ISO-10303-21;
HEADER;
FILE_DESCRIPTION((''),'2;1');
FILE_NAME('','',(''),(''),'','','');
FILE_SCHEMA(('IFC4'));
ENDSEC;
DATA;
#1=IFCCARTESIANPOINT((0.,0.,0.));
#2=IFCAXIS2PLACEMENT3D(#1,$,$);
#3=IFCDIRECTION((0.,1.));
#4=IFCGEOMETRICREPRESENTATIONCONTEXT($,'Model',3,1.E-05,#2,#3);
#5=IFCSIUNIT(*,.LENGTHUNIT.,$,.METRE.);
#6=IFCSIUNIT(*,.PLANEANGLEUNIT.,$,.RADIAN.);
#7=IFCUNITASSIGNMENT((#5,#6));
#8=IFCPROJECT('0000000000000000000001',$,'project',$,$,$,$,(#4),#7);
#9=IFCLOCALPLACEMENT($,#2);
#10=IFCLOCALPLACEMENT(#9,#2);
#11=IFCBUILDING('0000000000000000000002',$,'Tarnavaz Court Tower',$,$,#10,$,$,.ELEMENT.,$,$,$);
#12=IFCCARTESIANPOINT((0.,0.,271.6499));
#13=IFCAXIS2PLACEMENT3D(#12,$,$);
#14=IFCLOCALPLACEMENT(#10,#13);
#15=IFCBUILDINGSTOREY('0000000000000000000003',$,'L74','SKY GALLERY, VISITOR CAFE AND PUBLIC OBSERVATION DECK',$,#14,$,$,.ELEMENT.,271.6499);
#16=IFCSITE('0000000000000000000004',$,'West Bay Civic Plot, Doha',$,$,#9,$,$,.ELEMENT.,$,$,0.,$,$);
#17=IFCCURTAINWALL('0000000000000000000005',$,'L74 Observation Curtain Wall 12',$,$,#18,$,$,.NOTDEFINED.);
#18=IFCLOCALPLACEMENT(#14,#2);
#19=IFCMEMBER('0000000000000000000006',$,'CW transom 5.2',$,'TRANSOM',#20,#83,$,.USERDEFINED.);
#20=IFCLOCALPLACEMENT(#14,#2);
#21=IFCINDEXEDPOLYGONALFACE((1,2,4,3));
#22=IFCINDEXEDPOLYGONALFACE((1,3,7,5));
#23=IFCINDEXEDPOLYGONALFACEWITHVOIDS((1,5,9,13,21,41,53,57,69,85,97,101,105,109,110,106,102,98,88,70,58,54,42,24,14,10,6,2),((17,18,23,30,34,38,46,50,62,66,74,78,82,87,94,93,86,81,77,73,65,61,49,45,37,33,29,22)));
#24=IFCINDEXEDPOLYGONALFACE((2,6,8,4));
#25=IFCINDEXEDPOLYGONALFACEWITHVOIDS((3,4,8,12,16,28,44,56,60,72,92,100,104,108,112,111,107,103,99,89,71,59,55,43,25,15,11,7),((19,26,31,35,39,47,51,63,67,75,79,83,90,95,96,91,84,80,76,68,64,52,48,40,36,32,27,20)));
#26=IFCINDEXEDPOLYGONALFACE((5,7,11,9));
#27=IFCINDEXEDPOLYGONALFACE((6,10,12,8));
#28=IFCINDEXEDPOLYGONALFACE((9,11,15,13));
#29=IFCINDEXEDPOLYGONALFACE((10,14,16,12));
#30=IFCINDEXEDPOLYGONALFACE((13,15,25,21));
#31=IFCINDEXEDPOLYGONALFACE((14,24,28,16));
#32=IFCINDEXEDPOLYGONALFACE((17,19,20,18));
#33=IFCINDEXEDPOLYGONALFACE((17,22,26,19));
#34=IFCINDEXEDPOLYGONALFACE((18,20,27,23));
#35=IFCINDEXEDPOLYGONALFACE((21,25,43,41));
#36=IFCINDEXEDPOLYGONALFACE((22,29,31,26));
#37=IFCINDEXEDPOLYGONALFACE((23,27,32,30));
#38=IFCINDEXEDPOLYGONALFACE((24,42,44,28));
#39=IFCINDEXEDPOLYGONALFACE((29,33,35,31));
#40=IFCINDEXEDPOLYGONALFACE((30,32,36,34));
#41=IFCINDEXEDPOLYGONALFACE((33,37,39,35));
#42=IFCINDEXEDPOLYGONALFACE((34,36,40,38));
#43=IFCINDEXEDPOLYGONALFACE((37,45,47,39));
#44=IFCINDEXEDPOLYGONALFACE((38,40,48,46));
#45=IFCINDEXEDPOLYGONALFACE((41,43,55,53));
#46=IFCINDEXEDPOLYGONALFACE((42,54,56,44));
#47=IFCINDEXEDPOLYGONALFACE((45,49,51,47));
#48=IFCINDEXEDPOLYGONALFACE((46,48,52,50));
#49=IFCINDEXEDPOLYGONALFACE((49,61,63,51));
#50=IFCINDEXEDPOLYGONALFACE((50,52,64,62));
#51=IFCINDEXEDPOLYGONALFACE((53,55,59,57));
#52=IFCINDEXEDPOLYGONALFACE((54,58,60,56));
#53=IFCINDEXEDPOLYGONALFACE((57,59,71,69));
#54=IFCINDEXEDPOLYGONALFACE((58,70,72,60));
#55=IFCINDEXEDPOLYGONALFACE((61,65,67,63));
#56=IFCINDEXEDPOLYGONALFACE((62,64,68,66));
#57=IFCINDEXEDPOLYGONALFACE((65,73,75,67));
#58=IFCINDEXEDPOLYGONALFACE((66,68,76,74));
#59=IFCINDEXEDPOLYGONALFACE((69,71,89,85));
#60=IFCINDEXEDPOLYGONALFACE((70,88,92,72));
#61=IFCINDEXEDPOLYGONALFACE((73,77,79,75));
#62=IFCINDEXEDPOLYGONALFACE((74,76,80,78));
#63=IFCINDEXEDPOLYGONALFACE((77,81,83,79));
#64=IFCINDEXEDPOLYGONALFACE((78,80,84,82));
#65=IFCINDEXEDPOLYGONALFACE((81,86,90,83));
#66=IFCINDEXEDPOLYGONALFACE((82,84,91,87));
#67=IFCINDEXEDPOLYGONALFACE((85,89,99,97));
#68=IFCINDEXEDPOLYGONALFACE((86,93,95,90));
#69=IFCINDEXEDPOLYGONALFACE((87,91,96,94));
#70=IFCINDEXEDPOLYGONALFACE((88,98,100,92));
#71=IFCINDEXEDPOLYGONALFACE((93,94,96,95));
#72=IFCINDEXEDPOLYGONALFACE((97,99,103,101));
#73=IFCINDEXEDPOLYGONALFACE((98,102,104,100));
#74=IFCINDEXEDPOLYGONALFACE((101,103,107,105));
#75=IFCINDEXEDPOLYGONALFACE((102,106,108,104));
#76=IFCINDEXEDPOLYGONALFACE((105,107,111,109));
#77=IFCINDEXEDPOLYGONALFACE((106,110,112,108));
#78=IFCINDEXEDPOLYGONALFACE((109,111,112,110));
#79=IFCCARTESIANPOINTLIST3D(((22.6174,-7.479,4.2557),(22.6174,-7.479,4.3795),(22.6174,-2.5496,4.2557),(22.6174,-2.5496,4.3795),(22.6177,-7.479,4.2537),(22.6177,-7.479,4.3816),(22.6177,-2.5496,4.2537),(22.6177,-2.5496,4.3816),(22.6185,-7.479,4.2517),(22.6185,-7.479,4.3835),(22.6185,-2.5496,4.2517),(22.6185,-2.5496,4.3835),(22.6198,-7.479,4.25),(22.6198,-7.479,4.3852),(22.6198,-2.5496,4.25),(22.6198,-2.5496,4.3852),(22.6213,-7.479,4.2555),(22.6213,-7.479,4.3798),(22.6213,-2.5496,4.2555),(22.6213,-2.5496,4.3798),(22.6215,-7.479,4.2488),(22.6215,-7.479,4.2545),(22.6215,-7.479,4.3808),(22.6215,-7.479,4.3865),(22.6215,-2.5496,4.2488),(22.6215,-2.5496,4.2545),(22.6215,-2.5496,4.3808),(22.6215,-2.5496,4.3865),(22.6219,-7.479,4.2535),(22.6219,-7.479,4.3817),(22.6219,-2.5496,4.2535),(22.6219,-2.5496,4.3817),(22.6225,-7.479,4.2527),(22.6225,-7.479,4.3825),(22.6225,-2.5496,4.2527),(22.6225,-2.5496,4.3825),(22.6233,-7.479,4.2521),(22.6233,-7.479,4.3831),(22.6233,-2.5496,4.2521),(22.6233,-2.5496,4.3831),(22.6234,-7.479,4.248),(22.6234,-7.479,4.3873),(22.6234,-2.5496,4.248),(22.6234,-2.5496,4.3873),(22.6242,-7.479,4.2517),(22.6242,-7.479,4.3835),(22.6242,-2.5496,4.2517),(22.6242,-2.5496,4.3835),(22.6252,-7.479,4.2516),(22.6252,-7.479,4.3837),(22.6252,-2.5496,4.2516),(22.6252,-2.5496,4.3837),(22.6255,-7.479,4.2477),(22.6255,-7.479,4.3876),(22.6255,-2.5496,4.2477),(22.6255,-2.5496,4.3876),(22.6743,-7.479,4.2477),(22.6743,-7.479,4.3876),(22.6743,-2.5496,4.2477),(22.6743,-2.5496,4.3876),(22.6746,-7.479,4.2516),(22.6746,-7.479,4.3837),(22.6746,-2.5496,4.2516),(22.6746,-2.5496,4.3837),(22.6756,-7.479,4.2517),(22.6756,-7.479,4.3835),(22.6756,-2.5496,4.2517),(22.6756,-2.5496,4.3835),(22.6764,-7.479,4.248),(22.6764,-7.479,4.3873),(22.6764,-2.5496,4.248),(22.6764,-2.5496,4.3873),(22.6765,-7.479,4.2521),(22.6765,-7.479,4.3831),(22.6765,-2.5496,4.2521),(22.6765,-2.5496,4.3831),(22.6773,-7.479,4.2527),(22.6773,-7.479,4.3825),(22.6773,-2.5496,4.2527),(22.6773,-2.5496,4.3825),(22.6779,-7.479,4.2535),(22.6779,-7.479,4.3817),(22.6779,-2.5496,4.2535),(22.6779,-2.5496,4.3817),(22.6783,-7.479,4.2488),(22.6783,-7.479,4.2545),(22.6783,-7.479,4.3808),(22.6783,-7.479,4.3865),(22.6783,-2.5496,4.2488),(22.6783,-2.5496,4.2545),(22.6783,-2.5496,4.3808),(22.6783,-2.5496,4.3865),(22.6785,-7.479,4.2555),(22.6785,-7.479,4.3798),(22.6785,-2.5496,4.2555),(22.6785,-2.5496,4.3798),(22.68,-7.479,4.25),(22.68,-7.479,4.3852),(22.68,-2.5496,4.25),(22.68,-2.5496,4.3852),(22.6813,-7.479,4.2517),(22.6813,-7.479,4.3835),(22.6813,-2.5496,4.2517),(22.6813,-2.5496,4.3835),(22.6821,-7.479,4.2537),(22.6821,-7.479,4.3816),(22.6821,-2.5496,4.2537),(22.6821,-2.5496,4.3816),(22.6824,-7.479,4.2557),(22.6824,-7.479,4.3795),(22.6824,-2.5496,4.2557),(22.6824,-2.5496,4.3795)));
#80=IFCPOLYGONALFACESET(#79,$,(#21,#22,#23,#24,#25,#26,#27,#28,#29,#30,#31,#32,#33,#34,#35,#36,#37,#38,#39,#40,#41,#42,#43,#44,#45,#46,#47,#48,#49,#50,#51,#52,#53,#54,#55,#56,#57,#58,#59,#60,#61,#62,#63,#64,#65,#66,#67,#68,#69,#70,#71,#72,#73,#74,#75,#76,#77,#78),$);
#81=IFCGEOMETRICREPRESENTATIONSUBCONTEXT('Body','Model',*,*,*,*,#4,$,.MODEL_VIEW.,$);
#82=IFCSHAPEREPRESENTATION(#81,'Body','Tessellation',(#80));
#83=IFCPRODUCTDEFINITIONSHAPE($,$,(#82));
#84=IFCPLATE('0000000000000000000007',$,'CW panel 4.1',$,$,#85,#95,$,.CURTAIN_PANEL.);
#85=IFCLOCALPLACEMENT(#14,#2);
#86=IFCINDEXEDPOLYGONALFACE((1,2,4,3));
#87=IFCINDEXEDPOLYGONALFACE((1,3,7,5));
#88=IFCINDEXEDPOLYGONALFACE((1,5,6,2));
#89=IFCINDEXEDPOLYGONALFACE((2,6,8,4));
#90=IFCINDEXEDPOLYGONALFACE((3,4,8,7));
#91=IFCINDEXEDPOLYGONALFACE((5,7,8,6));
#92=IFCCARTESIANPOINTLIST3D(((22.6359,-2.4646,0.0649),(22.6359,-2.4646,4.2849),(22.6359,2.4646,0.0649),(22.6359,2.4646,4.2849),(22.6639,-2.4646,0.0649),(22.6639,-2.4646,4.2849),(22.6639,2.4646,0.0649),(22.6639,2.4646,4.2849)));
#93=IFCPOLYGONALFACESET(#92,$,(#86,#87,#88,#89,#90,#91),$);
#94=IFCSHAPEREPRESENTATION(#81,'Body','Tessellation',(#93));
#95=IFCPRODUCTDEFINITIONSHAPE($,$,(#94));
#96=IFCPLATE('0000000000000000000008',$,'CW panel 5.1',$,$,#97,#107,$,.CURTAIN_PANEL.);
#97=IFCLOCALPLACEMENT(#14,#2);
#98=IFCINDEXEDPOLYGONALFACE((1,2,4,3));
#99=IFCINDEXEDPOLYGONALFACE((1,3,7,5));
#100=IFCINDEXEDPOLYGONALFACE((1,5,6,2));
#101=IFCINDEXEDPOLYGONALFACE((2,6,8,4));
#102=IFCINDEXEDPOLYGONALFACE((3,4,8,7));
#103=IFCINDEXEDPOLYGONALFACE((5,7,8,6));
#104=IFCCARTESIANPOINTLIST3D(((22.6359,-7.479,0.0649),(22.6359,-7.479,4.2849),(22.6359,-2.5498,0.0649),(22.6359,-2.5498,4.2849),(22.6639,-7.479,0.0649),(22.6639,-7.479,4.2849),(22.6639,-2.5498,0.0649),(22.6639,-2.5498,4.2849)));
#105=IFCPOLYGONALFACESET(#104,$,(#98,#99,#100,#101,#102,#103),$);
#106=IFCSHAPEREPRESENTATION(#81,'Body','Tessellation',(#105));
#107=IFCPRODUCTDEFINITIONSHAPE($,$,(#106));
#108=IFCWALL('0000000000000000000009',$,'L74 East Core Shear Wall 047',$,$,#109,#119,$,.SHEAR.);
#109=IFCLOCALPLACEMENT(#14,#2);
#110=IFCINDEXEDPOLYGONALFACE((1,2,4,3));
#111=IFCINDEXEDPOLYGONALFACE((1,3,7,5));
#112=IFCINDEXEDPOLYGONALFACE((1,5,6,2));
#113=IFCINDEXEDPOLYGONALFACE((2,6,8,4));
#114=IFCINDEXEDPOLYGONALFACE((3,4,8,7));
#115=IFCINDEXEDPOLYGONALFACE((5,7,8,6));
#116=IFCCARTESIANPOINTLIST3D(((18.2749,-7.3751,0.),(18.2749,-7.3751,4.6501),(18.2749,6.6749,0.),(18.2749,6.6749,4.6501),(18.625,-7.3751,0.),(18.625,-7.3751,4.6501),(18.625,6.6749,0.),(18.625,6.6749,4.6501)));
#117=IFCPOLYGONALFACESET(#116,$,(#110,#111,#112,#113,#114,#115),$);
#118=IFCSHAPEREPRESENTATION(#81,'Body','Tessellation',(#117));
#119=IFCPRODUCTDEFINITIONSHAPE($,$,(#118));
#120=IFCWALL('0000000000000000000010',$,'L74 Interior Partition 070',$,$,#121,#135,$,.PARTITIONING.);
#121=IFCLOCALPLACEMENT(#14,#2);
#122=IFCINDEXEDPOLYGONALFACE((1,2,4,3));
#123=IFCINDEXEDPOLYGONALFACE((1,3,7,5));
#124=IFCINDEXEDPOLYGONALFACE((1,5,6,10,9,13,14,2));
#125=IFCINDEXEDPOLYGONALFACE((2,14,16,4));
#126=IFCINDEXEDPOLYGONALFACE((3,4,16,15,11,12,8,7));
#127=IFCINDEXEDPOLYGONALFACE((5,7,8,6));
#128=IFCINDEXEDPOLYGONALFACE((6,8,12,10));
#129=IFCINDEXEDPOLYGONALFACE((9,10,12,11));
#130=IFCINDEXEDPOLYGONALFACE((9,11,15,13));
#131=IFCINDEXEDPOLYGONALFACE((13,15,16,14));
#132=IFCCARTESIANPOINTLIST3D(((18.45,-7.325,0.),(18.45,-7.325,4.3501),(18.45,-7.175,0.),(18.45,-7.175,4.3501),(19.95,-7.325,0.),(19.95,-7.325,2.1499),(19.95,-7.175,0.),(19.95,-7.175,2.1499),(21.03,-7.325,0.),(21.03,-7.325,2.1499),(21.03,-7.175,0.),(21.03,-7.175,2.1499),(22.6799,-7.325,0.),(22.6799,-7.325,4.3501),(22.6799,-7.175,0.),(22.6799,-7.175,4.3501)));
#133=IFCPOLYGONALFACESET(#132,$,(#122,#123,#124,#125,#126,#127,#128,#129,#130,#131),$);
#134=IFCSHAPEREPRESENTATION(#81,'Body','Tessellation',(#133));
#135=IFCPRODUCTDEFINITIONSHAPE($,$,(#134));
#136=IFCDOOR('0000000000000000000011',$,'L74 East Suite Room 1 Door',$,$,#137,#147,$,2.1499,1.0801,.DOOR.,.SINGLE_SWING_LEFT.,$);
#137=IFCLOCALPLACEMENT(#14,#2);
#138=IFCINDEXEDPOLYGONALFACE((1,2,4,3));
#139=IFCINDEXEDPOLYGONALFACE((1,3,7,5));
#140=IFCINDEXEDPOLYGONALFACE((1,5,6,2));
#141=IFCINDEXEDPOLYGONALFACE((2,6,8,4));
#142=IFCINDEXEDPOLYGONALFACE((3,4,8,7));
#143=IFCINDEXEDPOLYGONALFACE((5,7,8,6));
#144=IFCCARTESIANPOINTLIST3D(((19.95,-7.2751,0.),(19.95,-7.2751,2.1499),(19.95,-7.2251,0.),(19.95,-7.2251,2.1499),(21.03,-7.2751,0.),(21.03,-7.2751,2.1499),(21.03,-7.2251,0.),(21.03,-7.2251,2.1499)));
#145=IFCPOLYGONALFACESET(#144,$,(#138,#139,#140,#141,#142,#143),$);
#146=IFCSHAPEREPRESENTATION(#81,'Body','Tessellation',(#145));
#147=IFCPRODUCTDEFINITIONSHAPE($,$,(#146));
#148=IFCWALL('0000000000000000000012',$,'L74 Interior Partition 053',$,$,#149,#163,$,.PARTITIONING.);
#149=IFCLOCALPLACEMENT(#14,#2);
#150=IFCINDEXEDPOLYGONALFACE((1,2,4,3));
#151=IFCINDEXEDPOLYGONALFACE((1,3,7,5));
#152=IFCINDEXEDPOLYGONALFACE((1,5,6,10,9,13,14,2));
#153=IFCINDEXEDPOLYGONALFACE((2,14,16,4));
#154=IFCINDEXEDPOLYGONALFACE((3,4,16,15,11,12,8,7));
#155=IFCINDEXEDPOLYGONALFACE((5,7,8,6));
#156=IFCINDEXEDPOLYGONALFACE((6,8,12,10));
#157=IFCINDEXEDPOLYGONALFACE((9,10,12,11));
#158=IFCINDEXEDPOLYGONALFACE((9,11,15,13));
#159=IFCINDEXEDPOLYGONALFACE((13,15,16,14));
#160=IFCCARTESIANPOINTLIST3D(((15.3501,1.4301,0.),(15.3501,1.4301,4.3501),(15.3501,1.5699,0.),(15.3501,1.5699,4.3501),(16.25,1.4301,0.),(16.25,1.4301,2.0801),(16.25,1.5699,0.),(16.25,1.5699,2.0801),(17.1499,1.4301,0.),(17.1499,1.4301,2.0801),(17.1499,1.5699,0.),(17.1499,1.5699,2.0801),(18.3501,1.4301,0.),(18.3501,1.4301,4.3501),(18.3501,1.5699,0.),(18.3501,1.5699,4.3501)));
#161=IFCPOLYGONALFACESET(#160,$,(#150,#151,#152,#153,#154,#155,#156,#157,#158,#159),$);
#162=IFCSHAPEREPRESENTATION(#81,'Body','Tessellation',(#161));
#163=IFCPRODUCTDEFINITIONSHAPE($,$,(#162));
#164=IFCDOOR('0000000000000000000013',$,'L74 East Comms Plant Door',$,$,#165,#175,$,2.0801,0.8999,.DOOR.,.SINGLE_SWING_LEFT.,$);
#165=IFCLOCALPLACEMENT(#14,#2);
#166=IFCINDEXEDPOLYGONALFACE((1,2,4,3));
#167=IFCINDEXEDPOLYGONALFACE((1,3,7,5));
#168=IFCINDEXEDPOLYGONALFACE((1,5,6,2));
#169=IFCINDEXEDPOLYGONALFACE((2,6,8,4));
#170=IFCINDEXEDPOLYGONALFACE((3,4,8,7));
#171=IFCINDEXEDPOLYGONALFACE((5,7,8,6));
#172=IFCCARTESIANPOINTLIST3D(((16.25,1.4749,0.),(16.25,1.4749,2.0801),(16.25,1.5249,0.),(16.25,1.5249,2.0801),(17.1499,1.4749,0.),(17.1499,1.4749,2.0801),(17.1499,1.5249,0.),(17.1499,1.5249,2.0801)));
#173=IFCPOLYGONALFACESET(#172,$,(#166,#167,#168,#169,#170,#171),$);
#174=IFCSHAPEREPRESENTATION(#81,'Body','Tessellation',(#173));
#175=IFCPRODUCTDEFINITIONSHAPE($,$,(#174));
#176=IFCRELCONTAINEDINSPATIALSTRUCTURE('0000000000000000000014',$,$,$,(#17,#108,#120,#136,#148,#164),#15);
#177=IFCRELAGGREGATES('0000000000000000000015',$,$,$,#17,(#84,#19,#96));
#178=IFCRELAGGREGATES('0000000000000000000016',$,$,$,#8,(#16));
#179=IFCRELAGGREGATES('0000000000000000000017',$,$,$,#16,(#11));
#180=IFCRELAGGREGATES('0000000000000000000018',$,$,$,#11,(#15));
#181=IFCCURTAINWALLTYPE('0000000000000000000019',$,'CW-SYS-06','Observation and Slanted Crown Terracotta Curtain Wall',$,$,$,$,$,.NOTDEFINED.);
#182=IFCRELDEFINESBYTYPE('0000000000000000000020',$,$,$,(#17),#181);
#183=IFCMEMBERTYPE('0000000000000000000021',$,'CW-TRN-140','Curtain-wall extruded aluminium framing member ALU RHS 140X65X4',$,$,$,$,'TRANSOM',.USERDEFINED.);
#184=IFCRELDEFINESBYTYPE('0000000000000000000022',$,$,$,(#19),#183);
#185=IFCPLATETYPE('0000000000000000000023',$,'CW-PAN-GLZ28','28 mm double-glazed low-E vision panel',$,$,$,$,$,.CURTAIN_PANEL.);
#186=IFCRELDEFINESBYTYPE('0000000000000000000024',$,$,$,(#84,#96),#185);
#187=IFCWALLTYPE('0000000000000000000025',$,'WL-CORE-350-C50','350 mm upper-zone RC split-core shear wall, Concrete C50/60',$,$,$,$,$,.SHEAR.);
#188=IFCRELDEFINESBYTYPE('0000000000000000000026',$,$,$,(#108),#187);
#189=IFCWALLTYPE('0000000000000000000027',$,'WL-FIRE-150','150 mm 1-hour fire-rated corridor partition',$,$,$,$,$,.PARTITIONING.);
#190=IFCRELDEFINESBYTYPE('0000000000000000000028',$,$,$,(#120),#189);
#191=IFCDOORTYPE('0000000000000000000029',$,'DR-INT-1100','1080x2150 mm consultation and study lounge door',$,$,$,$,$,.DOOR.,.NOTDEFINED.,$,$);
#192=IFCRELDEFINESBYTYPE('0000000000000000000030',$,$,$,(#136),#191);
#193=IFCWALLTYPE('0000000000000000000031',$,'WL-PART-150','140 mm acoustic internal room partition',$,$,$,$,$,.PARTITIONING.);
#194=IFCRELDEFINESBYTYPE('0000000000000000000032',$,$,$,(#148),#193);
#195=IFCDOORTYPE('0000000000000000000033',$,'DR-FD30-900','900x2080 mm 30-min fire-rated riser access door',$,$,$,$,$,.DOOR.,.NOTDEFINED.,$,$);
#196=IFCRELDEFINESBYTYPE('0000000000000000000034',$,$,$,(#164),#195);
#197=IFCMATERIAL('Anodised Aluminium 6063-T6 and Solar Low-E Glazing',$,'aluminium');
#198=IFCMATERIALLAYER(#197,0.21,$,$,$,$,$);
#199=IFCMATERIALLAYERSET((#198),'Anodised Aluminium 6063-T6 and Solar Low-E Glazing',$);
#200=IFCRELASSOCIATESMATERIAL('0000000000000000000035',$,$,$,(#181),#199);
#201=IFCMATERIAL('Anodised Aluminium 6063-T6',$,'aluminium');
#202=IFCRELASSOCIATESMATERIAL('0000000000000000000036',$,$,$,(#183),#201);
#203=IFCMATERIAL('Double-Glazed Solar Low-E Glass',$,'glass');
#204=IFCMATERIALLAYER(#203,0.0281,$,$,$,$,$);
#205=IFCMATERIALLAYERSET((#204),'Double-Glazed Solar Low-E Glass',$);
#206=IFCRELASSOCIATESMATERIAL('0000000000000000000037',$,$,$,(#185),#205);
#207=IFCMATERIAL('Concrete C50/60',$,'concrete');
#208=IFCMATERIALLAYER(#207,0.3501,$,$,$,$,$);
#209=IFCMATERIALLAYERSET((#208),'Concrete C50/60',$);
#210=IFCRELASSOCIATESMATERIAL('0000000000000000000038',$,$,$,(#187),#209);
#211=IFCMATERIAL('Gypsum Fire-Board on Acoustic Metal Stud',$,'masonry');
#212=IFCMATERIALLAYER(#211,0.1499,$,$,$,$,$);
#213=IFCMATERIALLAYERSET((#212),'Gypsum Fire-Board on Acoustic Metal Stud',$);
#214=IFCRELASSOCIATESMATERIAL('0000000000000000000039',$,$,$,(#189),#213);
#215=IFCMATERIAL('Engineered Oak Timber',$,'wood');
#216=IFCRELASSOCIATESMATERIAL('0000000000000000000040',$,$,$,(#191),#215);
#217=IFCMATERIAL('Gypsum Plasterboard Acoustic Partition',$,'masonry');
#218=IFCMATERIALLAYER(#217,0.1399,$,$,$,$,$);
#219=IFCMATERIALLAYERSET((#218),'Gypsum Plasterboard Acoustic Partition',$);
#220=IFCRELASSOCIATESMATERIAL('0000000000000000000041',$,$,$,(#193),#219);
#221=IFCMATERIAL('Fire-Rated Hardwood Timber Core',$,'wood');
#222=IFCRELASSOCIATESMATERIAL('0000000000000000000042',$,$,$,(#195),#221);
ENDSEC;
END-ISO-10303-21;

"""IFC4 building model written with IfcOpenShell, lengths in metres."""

from ifc_helpers import new_model, si_unit, direction, frame, frame_2d, origin, origin_2d, place, context, subcontext, project, spatial, rectangle, hollow_rectangle, extrude, material, layer, layer_set, material_profile, profile_set, type_object, element, fill, aggregate, save


model = new_model("IFC4")

# Units and contexts
model_context = context("Model", 3, precision=1e-05, world=origin(), true_north=direction((0.0, 1.0)))
body_context = subcontext(model_context, "Body", "Model", "MODEL_VIEW")
ifc_project = project(units=[si_unit("LENGTHUNIT", "METRE"), si_unit("PLANEANGLEUNIT", "RADIAN")], contexts=[model_context])

# Site, building, storey
site_placement = place(None, origin())
site = spatial("IfcSite", under=ifc_project, at=site_placement, Name="West Bay Civic Plot, Doha", CompositionType="ELEMENT", RefElevation=0.0)
building_placement = place(site_placement, origin())
building = spatial("IfcBuilding", under=site, at=building_placement, Name="Tarnavaz Court Tower", CompositionType="ELEMENT")
storey_placement = place(building_placement, frame((0.0, 0.0, 271.6499)))
storey = spatial("IfcBuildingStorey", under=building, at=storey_placement, Name="L74", Description="SKY GALLERY, VISITOR CAFE AND PUBLIC OBSERVATION DECK", CompositionType="ELEMENT", Elevation=271.6499)

# Shared definitions
ifc_material_1 = material(Name="Concrete C50/60", Category="concrete")

# Curtain wall, member, plates
ifc_material_2 = material(Name="Anodised Aluminium 6063-T6 and Solar Low-E Glazing", Category="aluminium")
ifc_layer_1 = layer(ifc_material_2, 0.21)
ifc_layer_set_1 = layer_set([ifc_layer_1], Name="Anodised Aluminium 6063-T6 and Solar Low-E Glazing")
curtain_wall_type = type_object("IfcCurtainWallType", Name="CW-SYS-06", Description="Observation and Slanted Crown Terracotta Curtain Wall", PredefinedType="NOTDEFINED", material=ifc_layer_set_1)
curtain_wall_placement = place(storey_placement, origin())
curtain_wall = element("IfcCurtainWall", 1, at=curtain_wall_placement, inside=storey, type_object=curtain_wall_type, Name="L74 Observation Curtain Wall 12", PredefinedType="NOTDEFINED")
ifc_material_3 = material(Name="Anodised Aluminium 6063-T6", Category="aluminium")
ifc_material_profile_1 = material_profile(ifc_material_3, hollow_rectangle(XDim=0.0649, YDim=0.1399, WallThickness=0.0039, InnerFilletRadius=0.0039, OuterFilletRadius=0.0081, at=origin_2d()), Name="ALU RHS 140X65X4")
ifc_profile_set_1 = profile_set([ifc_material_profile_1], Name="Anodised Aluminium 6063-T6")
member_type_1 = type_object("IfcMemberType", Name="CW-TRN-140", Description="Curtain-wall extruded aluminium framing member ALU RHS 140X65X4", ElementType="TRANSOM", PredefinedType="USERDEFINED", material=ifc_profile_set_1)
member_1_placement = place(storey_placement, frame((22.6499, -2.5496, 4.3176), z_axis=(0.0, -1.0, 0.0), x_axis=(1.0, 0.0, 0.0)))
member_1 = element("IfcMember", 2, at=member_1_placement, type_object=member_type_1, Name="CW transom 5.2", ObjectType="TRANSOM", PredefinedType="USERDEFINED", context=body_context, shape_type="SweptSolid", body=[
    extrude(hollow_rectangle(XDim=0.0649, YDim=0.1399, WallThickness=0.0039, InnerFilletRadius=0.0039, OuterFilletRadius=0.0081, at=origin_2d()), origin(), (0.0, 0.0, 1.0), 4.9294),
])
ifc_material_4 = material(Name="Double-Glazed Solar Low-E Glass", Category="glass")
ifc_layer_2 = layer(ifc_material_4, 0.0281)
ifc_layer_set_2 = layer_set([ifc_layer_2], Name="Double-Glazed Solar Low-E Glass")
plate_type = type_object("IfcPlateType", Name="CW-PAN-GLZ28", Description="28 mm double-glazed low-E vision panel", PredefinedType="CURTAIN_PANEL", material=ifc_layer_set_2)
plate_1_placement = place(storey_placement, frame((22.6499, 0.0, 0.0649), z_axis=(0.0, 0.0, 1.0), x_axis=(0.0, -1.0, 0.0)))
plate_1 = element("IfcPlate", 3, at=plate_1_placement, type_object=plate_type, Name="CW panel 4.1", PredefinedType="CURTAIN_PANEL", context=body_context, shape_type="SweptSolid", body=[
    extrude(rectangle(XDim=4.9292, YDim=0.0281, at=origin_2d()), origin(), (0.0, 0.0, 1.0), 4.22),
])
plate_2_placement = place(storey_placement, frame((22.6499, -5.0144, 0.0649), z_axis=(0.0, 0.0, 1.0), x_axis=(0.0, -1.0, 0.0)))
plate_2 = element("IfcPlate", 4, at=plate_2_placement, type_object=plate_type, Name="CW panel 5.1", PredefinedType="CURTAIN_PANEL", context=body_context, shape_type="SweptSolid", body=[
    extrude(rectangle(XDim=4.9292, YDim=0.0281, at=origin_2d()), origin(), (0.0, 0.0, 1.0), 4.22),
])
aggregate(curtain_wall, [plate_1, member_1, plate_2])

# Wall
ifc_layer_3 = layer(ifc_material_1, 0.3501)
ifc_layer_set_3 = layer_set([ifc_layer_3], Name="Concrete C50/60")
wall_type_1 = type_object("IfcWallType", Name="WL-CORE-350-C50", Description="350 mm upper-zone RC split-core shear wall, Concrete C50/60", PredefinedType="SHEAR", material=ifc_layer_set_3)
wall_1_placement = place(storey_placement, frame((18.45, -7.375, 0.0), z_axis=(0.0, 0.0, 1.0), x_axis=(0.0, 1.0, 0.0)))
element("IfcWall", 5, at=wall_1_placement, inside=storey, type_object=wall_type_1, Name="L74 East Core Shear Wall 047", PredefinedType="SHEAR", context=body_context, shape_type="SweptSolid", body=[
    extrude(rectangle(XDim=14.05, YDim=0.3501, at=frame_2d((7.0249, 0.0))), origin(), (0.0, 0.0, 1.0), 4.6501),
])

# Walls, openings, doors
ifc_material_5 = material(Name="Gypsum Fire-Board on Acoustic Metal Stud", Category="masonry")
ifc_layer_4 = layer(ifc_material_5, 0.1499)
ifc_layer_set_4 = layer_set([ifc_layer_4], Name="Gypsum Fire-Board on Acoustic Metal Stud")
wall_type_2 = type_object("IfcWallType", Name="WL-FIRE-150", Description="150 mm 1-hour fire-rated corridor partition", PredefinedType="PARTITIONING", material=ifc_layer_set_4)
wall_2_placement = place(storey_placement, frame((18.45, -7.25, 0.0), z_axis=(0.0, 0.0, 1.0), x_axis=(1.0, 0.0, 0.0)))
wall_2 = element("IfcWall", 6, at=wall_2_placement, inside=storey, type_object=wall_type_2, Name="L74 Interior Partition 070", PredefinedType="PARTITIONING", context=body_context, shape_type="SweptSolid", body=[
    extrude(rectangle(XDim=4.23, YDim=0.1499, at=frame_2d((2.115, 0.0))), origin(), (0.0, 0.0, 1.0), 4.3501),
])
opening_1_placement = place(wall_2_placement, frame((1.5, 0.0, 0.0)))
opening_1 = element("IfcOpeningElement", 7, at=opening_1_placement, cuts=wall_2, PredefinedType="OPENING", context=body_context, shape_type="SweptSolid", body=[
    extrude(rectangle(XDim=1.0801, YDim=2.1499, at=frame_2d((0.54, 1.075))), frame((0.0, 0.085, 0.0), z_axis=(0.0, -1.0, 0.0), x_axis=(1.0, 0.0, 0.0)), (0.0, 0.0, 1.0), 0.1699),
])
ifc_material_6 = material(Name="Engineered Oak Timber", Category="wood")
door_type_1 = type_object("IfcDoorType", Name="DR-INT-1100", Description="1080x2150 mm consultation and study lounge door", OperationType="NOTDEFINED", PredefinedType="DOOR", material=ifc_material_6)
door_1_placement = place(opening_1_placement, origin())
door_1 = element("IfcDoor", 8, at=door_1_placement, inside=storey, type_object=door_type_1, Name="L74 East Suite Room 1 Door", OperationType="SINGLE_SWING_LEFT", OverallHeight=2.1499, OverallWidth=1.0801, PredefinedType="DOOR", context=body_context, shape_type="SweptSolid", body=[
    extrude(rectangle(XDim=1.0801, YDim=2.1499, at=frame_2d((0.54, 1.075))), frame((0.0, 0.0249, 0.0), z_axis=(0.0, -1.0, 0.0), x_axis=(1.0, 0.0, 0.0)), (0.0, 0.0, 1.0), 0.05),
])
fill(opening_1, door_1)
ifc_material_7 = material(Name="Gypsum Plasterboard Acoustic Partition", Category="masonry")
ifc_layer_5 = layer(ifc_material_7, 0.1399)
ifc_layer_set_5 = layer_set([ifc_layer_5], Name="Gypsum Plasterboard Acoustic Partition")
wall_type_3 = type_object("IfcWallType", Name="WL-PART-150", Description="140 mm acoustic internal room partition", PredefinedType="PARTITIONING", material=ifc_layer_set_5)
wall_3_placement = place(storey_placement, frame((15.3501, 1.5, 0.0), z_axis=(0.0, 0.0, 1.0), x_axis=(1.0, 0.0, 0.0)))
wall_3 = element("IfcWall", 9, at=wall_3_placement, inside=storey, type_object=wall_type_3, Name="L74 Interior Partition 053", PredefinedType="PARTITIONING", context=body_context, shape_type="SweptSolid", body=[
    extrude(rectangle(XDim=3.0, YDim=0.1399, at=frame_2d((1.5, 0.0))), origin(), (0.0, 0.0, 1.0), 4.3501),
])
opening_2_placement = place(wall_3_placement, frame((0.8999, 0.0, 0.0)))
opening_2 = element("IfcOpeningElement", 10, at=opening_2_placement, cuts=wall_3, PredefinedType="OPENING", context=body_context, shape_type="SweptSolid", body=[
    extrude(rectangle(XDim=0.8999, YDim=2.0801, at=frame_2d((0.45, 1.04))), frame((0.0, 0.0798, 0.0), z_axis=(0.0, -1.0, 0.0), x_axis=(1.0, 0.0, 0.0)), (0.0, 0.0, 1.0), 0.1599),
])
ifc_material_8 = material(Name="Fire-Rated Hardwood Timber Core", Category="wood")
door_type_2 = type_object("IfcDoorType", Name="DR-FD30-900", Description="900x2080 mm 30-min fire-rated riser access door", OperationType="NOTDEFINED", PredefinedType="DOOR", material=ifc_material_8)
door_2_placement = place(opening_2_placement, origin())
door_2 = element("IfcDoor", 11, at=door_2_placement, inside=storey, type_object=door_type_2, Name="L74 East Comms Plant Door", OperationType="SINGLE_SWING_LEFT", OverallHeight=2.0801, OverallWidth=0.8999, PredefinedType="DOOR", context=body_context, shape_type="SweptSolid", body=[
    extrude(rectangle(XDim=0.8999, YDim=2.0801, at=frame_2d((0.45, 1.04))), frame((0.0, 0.0249, 0.0), z_axis=(0.0, -1.0, 0.0), x_axis=(1.0, 0.0, 0.0)), (0.0, 0.0, 1.0), 0.05),
])
fill(opening_2, door_2)

save(model, "model.ifc")
